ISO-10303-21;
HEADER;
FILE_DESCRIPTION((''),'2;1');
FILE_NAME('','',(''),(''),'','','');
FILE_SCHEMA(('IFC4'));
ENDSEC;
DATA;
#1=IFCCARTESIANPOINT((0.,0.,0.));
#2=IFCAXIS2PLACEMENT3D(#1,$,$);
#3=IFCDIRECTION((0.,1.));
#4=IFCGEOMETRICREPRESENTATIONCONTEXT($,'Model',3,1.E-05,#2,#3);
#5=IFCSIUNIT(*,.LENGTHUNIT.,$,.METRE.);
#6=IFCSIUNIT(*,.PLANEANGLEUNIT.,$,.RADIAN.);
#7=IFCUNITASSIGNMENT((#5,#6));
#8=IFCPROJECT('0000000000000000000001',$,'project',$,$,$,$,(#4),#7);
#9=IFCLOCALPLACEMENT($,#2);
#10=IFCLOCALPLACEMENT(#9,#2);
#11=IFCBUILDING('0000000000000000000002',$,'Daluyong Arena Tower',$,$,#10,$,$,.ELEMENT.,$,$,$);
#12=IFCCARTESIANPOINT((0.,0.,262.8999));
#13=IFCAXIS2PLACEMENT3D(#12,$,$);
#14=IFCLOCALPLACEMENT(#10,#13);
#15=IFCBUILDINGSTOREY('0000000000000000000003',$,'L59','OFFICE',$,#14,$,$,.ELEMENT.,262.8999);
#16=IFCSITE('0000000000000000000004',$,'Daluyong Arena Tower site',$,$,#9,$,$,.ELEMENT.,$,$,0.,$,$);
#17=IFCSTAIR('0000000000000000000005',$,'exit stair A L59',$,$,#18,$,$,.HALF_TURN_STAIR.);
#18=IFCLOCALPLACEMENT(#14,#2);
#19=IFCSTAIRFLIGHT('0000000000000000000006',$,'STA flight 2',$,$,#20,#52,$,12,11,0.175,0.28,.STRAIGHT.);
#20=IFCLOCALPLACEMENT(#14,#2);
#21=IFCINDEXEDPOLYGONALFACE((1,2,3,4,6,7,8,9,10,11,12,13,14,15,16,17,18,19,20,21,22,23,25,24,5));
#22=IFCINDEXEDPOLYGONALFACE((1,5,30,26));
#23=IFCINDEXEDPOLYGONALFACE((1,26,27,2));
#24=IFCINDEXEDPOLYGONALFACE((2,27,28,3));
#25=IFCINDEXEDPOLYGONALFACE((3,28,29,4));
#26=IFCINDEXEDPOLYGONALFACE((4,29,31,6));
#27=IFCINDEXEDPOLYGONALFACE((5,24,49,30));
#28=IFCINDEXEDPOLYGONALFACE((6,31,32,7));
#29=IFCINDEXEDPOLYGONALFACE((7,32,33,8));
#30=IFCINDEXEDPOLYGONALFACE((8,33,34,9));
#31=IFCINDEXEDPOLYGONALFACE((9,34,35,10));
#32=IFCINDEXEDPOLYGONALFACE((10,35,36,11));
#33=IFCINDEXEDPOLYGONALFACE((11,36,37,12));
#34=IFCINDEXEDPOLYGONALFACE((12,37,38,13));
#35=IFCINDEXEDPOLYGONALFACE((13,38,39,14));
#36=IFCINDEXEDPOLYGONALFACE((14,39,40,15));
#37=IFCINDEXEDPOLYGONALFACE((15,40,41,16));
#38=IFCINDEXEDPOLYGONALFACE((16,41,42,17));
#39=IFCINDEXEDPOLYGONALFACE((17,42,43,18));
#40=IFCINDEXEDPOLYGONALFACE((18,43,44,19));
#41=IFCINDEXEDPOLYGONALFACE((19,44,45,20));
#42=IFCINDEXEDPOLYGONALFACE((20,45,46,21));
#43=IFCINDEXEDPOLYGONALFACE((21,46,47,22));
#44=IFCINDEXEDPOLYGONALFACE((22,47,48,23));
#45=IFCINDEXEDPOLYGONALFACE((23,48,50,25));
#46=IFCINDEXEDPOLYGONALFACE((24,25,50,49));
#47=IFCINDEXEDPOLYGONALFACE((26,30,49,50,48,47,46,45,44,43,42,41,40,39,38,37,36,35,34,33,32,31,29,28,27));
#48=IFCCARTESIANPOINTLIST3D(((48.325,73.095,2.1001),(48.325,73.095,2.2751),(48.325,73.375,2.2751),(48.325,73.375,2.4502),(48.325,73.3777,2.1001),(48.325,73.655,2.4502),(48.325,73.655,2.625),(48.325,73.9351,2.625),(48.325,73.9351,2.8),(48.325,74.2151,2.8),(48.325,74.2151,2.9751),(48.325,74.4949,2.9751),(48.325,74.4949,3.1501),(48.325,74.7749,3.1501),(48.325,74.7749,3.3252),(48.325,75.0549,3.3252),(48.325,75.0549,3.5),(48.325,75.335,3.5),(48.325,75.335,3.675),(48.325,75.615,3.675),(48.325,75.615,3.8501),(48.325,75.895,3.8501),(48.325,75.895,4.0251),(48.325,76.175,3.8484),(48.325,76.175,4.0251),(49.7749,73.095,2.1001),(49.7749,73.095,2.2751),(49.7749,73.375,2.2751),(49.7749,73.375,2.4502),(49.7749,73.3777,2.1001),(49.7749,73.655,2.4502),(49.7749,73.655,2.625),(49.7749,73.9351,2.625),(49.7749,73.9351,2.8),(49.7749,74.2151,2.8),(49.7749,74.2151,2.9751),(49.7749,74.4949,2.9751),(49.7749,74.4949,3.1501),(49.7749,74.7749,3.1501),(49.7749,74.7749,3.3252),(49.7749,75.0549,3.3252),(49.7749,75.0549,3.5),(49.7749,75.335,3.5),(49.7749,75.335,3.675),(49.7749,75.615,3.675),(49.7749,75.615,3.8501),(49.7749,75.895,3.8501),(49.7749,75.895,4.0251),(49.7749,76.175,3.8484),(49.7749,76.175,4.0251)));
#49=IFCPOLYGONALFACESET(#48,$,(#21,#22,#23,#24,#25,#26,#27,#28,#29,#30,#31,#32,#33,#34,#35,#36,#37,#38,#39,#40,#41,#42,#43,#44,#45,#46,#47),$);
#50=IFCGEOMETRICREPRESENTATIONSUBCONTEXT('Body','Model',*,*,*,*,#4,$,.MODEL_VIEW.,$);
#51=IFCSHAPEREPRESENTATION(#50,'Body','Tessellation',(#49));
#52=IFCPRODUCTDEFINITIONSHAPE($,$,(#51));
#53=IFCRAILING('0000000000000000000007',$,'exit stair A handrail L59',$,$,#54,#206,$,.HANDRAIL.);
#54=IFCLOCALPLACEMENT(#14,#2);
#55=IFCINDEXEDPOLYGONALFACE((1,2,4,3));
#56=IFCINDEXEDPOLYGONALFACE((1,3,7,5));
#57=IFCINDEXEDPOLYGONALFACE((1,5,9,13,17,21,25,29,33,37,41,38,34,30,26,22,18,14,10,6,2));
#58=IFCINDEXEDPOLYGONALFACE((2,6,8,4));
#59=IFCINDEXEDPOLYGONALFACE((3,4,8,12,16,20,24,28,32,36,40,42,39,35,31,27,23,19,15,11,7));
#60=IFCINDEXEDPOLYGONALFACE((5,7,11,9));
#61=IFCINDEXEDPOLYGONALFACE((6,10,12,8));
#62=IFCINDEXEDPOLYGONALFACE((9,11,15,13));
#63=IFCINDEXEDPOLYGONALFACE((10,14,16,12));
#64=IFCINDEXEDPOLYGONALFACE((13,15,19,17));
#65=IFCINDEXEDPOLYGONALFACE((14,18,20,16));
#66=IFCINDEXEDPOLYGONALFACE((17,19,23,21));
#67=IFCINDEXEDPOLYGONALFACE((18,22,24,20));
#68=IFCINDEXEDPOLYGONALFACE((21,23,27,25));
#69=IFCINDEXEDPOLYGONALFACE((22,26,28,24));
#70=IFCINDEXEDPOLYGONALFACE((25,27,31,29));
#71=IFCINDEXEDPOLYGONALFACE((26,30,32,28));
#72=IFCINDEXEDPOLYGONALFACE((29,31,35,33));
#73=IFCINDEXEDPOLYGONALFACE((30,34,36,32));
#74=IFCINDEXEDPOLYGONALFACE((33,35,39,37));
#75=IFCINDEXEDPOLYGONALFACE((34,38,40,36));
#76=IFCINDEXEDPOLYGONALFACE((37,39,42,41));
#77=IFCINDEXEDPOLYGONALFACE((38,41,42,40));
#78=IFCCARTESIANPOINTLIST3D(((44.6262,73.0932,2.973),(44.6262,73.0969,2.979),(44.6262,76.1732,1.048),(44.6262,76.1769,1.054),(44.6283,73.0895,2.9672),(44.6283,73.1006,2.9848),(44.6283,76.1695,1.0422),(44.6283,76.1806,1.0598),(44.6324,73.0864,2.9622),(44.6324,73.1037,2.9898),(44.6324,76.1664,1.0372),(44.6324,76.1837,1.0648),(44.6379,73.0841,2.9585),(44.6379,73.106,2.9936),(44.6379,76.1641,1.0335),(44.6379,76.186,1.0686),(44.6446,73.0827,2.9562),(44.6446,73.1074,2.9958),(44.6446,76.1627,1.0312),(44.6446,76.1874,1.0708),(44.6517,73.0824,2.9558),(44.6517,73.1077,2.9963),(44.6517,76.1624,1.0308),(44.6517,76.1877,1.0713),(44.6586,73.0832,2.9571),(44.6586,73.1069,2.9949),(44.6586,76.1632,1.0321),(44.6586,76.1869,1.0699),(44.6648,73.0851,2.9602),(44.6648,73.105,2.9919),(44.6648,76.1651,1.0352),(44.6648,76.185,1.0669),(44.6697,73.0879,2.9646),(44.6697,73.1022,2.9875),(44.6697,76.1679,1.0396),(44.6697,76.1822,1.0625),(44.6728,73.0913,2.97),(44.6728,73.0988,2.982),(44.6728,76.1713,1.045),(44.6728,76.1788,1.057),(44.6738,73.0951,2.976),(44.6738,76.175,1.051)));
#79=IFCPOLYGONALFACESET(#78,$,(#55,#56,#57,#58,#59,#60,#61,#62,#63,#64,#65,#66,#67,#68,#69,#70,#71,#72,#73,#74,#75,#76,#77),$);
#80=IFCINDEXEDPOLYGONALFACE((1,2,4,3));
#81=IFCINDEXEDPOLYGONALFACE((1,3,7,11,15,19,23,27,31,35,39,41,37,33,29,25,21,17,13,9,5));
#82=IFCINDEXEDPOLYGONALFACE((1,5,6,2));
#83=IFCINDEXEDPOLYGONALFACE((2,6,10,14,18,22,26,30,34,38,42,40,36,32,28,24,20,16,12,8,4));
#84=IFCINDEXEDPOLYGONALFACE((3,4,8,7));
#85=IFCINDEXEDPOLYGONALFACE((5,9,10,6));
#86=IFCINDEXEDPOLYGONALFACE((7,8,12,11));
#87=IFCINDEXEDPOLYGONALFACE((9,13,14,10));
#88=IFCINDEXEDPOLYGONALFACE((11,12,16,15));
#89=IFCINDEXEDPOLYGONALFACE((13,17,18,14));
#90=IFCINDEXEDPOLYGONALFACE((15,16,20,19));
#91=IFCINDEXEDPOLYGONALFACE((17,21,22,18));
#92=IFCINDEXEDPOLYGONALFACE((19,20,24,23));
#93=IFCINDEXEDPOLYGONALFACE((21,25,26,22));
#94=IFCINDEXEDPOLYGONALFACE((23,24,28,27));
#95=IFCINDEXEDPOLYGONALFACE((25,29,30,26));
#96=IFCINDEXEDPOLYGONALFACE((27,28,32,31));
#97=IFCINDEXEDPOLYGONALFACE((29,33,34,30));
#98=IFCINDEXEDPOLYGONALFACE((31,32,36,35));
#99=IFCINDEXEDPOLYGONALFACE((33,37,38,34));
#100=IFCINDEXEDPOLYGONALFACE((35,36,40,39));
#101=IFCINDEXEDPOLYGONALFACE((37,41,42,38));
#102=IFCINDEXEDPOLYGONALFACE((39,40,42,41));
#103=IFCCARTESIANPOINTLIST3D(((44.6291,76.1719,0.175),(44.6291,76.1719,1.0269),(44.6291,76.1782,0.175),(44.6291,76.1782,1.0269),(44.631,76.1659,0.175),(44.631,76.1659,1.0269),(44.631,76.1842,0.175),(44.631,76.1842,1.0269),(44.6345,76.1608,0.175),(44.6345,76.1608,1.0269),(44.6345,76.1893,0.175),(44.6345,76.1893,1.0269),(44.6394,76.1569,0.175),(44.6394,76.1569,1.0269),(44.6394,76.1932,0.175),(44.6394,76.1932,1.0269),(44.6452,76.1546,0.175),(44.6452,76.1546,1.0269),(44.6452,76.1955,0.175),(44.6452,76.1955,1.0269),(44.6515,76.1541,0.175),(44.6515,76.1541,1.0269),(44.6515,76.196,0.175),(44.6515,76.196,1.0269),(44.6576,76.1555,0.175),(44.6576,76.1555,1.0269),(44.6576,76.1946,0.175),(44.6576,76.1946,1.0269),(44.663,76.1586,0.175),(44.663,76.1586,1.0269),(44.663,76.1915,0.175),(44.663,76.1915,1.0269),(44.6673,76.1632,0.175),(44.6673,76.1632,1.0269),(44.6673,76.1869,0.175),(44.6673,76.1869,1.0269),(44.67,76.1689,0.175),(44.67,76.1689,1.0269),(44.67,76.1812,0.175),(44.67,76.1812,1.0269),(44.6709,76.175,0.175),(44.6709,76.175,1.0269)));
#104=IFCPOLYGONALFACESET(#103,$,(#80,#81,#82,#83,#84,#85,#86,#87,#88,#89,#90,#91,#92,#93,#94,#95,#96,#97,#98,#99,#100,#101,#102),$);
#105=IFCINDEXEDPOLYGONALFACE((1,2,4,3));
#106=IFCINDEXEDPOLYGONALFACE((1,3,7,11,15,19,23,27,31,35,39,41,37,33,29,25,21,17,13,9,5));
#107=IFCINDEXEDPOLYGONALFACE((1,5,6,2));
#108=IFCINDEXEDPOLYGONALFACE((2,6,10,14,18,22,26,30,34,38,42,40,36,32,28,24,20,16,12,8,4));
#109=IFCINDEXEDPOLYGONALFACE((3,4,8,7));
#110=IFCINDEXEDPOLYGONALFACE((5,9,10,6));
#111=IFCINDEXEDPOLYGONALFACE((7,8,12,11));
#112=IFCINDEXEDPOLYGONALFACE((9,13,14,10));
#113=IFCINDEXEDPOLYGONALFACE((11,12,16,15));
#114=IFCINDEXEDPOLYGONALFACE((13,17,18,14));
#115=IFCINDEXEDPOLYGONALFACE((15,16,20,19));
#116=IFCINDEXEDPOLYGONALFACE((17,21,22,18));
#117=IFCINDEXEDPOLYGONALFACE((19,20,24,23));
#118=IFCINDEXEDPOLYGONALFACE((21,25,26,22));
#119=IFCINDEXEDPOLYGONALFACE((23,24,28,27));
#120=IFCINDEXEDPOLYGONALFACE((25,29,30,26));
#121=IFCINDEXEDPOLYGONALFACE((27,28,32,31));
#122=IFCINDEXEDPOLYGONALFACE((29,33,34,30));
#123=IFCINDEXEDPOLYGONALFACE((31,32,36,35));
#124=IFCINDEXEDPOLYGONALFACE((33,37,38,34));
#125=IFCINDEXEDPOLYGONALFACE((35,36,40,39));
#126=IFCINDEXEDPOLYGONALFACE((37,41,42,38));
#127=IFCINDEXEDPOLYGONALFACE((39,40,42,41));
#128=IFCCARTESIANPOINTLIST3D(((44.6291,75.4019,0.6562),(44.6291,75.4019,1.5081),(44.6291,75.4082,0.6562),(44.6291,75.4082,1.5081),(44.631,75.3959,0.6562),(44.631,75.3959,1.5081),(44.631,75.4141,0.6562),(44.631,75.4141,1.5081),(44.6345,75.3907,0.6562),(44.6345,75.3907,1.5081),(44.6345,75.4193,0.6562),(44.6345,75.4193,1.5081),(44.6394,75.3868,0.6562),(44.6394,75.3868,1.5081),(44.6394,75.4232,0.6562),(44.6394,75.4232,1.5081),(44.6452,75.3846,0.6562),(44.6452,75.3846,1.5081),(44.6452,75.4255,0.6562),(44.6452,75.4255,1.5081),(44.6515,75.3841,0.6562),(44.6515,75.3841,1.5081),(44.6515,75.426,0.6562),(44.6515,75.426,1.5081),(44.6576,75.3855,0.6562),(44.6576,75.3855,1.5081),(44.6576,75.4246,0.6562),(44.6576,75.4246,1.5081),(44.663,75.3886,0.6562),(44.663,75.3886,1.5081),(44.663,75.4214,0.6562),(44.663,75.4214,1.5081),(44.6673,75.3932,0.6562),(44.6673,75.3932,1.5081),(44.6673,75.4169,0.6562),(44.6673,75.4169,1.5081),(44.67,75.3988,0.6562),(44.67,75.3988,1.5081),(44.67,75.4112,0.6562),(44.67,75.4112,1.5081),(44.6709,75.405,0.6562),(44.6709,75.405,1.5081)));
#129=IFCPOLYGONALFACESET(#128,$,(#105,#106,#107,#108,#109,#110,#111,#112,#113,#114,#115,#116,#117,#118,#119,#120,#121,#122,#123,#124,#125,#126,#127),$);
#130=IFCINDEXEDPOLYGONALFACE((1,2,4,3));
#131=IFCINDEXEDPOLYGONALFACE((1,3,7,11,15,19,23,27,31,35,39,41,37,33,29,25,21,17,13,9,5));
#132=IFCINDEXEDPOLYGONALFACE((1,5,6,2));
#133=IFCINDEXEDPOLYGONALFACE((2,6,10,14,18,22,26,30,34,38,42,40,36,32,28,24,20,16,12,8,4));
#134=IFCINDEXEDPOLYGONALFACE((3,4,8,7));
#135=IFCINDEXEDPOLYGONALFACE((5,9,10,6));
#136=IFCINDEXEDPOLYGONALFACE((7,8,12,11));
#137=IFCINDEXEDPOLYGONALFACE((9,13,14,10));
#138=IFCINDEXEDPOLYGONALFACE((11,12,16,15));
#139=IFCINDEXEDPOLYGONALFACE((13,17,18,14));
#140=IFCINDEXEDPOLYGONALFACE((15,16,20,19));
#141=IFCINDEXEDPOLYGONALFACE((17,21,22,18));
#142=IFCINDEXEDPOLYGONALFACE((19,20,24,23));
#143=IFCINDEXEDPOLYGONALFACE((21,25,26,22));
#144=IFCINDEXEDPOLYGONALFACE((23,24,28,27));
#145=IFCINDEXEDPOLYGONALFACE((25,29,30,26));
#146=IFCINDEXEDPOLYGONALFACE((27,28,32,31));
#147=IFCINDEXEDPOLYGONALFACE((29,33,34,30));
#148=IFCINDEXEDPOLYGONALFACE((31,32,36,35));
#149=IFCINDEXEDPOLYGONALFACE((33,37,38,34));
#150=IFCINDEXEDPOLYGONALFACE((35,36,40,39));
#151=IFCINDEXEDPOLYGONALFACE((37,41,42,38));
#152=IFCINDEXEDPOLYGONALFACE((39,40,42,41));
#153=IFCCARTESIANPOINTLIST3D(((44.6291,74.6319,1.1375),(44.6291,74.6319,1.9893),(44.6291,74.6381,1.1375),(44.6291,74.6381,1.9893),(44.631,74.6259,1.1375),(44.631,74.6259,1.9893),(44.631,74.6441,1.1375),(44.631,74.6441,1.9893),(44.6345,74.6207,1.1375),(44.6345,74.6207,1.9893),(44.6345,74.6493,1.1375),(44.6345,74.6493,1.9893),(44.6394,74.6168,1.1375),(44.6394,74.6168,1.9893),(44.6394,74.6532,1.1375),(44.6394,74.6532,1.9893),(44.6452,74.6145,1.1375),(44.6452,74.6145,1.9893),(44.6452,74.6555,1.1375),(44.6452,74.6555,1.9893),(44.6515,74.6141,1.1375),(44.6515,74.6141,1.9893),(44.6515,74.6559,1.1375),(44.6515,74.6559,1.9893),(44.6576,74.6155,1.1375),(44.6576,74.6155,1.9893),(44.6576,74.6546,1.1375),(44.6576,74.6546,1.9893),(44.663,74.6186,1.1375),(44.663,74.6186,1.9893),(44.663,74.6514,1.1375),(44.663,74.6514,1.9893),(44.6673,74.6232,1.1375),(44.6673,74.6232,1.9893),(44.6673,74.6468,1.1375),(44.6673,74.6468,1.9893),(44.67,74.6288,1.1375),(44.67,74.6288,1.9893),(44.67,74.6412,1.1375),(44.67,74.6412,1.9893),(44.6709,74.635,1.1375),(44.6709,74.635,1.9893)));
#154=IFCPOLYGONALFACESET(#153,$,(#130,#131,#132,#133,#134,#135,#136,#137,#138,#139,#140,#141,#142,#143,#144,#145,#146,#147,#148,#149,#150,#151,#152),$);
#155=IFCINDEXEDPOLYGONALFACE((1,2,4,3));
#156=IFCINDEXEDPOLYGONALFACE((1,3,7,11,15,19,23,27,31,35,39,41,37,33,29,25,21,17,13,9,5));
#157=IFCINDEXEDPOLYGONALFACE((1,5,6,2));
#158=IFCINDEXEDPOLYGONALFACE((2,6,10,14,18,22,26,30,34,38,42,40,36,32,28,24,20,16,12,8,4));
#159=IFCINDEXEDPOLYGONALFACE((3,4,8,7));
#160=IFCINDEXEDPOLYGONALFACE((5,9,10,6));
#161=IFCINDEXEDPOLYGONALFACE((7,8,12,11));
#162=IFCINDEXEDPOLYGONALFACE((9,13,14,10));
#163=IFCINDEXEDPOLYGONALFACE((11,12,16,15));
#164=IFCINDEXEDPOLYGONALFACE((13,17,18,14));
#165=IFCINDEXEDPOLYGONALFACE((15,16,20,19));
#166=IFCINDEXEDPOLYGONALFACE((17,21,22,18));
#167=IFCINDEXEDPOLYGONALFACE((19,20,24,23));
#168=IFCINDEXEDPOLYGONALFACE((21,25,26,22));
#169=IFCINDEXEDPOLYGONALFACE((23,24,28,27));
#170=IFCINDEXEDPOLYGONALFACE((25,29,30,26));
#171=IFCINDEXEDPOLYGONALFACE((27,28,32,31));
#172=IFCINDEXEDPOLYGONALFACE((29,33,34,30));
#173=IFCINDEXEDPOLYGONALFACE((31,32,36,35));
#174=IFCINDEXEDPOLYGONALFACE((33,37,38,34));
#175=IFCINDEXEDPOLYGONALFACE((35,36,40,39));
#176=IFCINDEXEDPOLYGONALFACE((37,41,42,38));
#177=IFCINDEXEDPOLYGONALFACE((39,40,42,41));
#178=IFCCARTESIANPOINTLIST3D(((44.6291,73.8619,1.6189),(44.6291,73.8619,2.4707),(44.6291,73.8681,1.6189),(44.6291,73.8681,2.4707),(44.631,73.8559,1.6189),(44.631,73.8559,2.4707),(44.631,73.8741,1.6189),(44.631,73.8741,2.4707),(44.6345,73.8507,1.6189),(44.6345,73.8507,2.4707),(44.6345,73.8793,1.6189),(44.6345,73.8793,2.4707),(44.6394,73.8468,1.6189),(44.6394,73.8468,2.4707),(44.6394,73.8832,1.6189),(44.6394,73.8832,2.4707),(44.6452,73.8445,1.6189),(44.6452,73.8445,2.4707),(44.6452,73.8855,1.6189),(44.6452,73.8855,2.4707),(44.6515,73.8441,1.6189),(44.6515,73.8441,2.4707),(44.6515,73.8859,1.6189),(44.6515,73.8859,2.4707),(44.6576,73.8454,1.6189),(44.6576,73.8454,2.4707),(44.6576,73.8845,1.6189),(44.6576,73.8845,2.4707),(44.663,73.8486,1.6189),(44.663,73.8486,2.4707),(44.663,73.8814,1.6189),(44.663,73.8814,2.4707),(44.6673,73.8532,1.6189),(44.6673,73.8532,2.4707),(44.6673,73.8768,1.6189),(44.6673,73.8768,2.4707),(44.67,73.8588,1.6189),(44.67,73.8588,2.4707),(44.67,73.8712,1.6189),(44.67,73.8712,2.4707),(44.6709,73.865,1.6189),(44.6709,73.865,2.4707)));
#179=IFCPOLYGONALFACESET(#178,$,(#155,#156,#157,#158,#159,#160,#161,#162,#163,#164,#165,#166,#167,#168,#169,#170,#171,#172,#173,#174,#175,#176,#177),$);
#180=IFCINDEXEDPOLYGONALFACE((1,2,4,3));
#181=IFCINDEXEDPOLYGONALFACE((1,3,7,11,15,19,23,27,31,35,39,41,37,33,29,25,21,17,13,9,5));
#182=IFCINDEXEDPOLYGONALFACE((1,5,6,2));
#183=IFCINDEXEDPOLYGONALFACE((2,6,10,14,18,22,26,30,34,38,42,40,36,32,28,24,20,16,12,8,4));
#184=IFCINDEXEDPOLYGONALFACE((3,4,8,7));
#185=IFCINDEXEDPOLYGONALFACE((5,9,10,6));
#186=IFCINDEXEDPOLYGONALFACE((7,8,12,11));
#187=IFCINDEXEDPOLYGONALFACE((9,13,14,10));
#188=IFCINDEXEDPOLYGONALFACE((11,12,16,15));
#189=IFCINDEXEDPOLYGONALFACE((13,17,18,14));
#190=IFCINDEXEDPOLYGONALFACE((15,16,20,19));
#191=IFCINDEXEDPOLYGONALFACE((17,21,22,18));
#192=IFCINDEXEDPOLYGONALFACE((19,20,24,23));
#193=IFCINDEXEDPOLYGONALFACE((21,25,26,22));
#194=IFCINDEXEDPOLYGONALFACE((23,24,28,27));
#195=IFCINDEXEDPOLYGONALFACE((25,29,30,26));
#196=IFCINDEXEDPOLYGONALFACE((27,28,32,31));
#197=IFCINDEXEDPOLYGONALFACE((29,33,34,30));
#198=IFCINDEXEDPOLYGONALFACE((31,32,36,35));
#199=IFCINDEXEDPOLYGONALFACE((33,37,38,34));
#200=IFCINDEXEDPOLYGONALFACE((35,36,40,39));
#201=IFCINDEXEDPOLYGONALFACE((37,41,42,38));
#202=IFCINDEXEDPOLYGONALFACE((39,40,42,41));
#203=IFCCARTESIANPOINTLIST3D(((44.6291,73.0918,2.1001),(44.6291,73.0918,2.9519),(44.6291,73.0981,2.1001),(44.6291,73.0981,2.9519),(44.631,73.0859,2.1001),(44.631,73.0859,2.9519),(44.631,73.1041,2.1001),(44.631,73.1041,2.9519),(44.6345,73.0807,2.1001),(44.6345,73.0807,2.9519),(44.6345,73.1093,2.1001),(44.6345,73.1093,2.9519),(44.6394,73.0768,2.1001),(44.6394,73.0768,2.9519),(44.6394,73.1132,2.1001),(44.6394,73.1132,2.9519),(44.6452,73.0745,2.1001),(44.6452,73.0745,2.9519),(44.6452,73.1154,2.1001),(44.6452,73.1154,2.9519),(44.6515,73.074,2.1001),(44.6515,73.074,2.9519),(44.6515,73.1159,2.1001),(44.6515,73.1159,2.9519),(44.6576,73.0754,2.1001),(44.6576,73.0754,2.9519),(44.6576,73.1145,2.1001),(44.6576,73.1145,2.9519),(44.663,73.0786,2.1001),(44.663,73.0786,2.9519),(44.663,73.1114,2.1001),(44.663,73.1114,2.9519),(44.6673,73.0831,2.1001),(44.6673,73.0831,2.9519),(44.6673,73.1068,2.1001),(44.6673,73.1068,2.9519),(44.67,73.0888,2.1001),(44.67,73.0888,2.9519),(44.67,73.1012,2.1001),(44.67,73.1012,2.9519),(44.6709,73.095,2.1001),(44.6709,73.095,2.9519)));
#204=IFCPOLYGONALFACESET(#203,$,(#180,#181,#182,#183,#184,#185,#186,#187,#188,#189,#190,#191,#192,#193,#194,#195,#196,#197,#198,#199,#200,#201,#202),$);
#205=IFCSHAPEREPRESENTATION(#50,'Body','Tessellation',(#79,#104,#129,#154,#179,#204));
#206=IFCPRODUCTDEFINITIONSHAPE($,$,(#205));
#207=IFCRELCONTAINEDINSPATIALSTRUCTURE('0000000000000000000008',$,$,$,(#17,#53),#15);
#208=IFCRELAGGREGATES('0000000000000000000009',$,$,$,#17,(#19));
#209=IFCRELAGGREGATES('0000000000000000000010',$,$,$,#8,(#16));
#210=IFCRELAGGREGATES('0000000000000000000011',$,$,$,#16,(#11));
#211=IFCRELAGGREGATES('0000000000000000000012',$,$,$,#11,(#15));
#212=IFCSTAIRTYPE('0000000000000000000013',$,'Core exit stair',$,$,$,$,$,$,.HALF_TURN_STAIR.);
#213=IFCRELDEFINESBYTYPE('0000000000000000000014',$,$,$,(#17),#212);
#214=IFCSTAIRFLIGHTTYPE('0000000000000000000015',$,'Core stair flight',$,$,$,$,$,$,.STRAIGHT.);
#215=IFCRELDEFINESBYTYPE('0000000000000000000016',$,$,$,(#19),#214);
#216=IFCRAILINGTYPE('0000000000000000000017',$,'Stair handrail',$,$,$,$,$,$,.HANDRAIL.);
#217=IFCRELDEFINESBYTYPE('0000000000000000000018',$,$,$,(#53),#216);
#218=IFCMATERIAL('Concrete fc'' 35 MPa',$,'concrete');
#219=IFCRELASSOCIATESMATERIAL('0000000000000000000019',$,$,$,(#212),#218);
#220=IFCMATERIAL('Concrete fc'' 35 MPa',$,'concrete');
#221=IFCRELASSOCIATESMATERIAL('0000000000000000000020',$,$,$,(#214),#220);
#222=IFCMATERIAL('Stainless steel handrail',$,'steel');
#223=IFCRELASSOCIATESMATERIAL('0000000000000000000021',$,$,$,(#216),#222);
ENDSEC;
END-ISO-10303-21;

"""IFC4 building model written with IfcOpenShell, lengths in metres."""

from ifc_helpers import new_model, si_unit, direction, frame, origin, origin_2d, place, context, subcontext, project, spatial, polyline, circle, outline, extrude, material, type_object, element, aggregate, save


model = new_model("IFC4")

# Units and contexts
model_context = context("Model", 3, precision=1e-05, world=origin(), true_north=direction((0.0, 1.0)))
body_context = subcontext(model_context, "Body", "Model", "MODEL_VIEW")
ifc_project = project(units=[si_unit("LENGTHUNIT", "METRE"), si_unit("PLANEANGLEUNIT", "RADIAN")], contexts=[model_context])

# Site, building, storey
site_placement = place(None, origin())
site = spatial("IfcSite", under=ifc_project, at=site_placement, Name="Daluyong Arena Tower site", CompositionType="ELEMENT", RefElevation=0.0)
building_placement = place(site_placement, origin())
building = spatial("IfcBuilding", under=site, at=building_placement, Name="Daluyong Arena Tower", CompositionType="ELEMENT")
storey_placement = place(building_placement, frame((0.0, 0.0, 262.8999)))
storey = spatial("IfcBuildingStorey", under=building, at=storey_placement, Name="L59", Description="OFFICE", CompositionType="ELEMENT", Elevation=262.8999)

# Stair, stair flight
ifc_material_1 = material(Name="Concrete fc' 35 MPa", Category="concrete")
stair_type = type_object("IfcStairType", Name="Core exit stair", PredefinedType="HALF_TURN_STAIR", material=ifc_material_1)
stair_placement = place(storey_placement, origin())
stair = element("IfcStair", 1, at=stair_placement, inside=storey, type_object=stair_type, Name="exit stair A L59", PredefinedType="HALF_TURN_STAIR")
ifc_material_2 = material(Name="Concrete fc' 35 MPa", Category="concrete")
stair_flight_type = type_object("IfcStairFlightType", Name="Core stair flight", PredefinedType="STRAIGHT", material=ifc_material_2)
stair_flight_1_placement = place(storey_placement, frame((49.05, 73.095, 2.1001), z_axis=(0.0, 0.0, 1.0), x_axis=(0.0, 1.0, 0.0)))
stair_flight_1 = element("IfcStairFlight", 2, at=stair_flight_1_placement, type_object=stair_flight_type, Name="STA flight 2", NumberOfRisers=12, NumberOfTreads=11, PredefinedType="STRAIGHT", RiserHeight=0.175, TreadLength=0.28, context=body_context, shape_type="SweptSolid", body=[
    extrude(outline(polyline([(0.0, 0.0), (0.0, 0.175), (0.28, 0.175), (0.28, 0.3501), (0.5601, 0.3501), (0.5601, 0.5249), (0.8401, 0.5249), (0.8401, 0.7), (1.1201, 0.7), (1.1201, 0.875), (1.3999, 0.875), (1.3999, 1.05), (1.6799, 1.05), (1.6799, 1.2251), (1.96, 1.2251), (1.96, 1.3999), (2.24, 1.3999), (2.24, 1.575), (2.52, 1.575), (2.52, 1.75), (2.8, 1.75), (2.8, 1.925), (3.0801, 1.925), (3.0801, 2.1001), (3.0801, 1.7483), (0.2827, 0.0), (0.0, 0.0)])), frame((0.0, 0.7251, 0.0), z_axis=(0.0, -1.0, 0.0), x_axis=(1.0, 0.0, 0.0)), (0.0, 0.0, 1.0), 1.45),
])
aggregate(stair, [stair_flight_1])

# Railing
ifc_material_3 = material(Name="Stainless steel handrail", Category="steel")
railing_type_1 = type_object("IfcRailingType", Name="Stair handrail", PredefinedType="HANDRAIL", material=ifc_material_3)
railing_1_placement = place(storey_placement, frame((44.6499, 76.175, 0.175)))
element("IfcRailing", 3, at=railing_1_placement, inside=storey, type_object=railing_type_1, Name="exit stair A handrail L59", PredefinedType="HANDRAIL", context=body_context, shape_type="SweptSolid", body=[
    extrude(circle(Radius=0.0239, at=origin_2d()), frame((0.0, 0.0, 0.876), z_axis=(0.0, -0.847998, 0.529999), x_axis=(1.0, 0.0, 0.0)), (0.0, 0.0, 1.0), 3.6321),
    extrude(circle(Radius=0.021, at=origin_2d()), origin(), (0.0, 0.0, 1.0), 0.8518),
    extrude(circle(Radius=0.021, at=origin_2d()), frame((0.0, -0.77, 0.4812)), (0.0, 0.0, 1.0), 0.8518),
    extrude(circle(Radius=0.021, at=origin_2d()), frame((0.0, -1.54, 0.9624)), (0.0, 0.0, 1.0), 0.8518),
    extrude(circle(Radius=0.021, at=origin_2d()), frame((0.0, -2.3101, 1.4438)), (0.0, 0.0, 1.0), 0.8518),
    extrude(circle(Radius=0.021, at=origin_2d()), frame((0.0, -3.0801, 1.925)), (0.0, 0.0, 1.0), 0.8518),
])

save(model, "model.ifc")
